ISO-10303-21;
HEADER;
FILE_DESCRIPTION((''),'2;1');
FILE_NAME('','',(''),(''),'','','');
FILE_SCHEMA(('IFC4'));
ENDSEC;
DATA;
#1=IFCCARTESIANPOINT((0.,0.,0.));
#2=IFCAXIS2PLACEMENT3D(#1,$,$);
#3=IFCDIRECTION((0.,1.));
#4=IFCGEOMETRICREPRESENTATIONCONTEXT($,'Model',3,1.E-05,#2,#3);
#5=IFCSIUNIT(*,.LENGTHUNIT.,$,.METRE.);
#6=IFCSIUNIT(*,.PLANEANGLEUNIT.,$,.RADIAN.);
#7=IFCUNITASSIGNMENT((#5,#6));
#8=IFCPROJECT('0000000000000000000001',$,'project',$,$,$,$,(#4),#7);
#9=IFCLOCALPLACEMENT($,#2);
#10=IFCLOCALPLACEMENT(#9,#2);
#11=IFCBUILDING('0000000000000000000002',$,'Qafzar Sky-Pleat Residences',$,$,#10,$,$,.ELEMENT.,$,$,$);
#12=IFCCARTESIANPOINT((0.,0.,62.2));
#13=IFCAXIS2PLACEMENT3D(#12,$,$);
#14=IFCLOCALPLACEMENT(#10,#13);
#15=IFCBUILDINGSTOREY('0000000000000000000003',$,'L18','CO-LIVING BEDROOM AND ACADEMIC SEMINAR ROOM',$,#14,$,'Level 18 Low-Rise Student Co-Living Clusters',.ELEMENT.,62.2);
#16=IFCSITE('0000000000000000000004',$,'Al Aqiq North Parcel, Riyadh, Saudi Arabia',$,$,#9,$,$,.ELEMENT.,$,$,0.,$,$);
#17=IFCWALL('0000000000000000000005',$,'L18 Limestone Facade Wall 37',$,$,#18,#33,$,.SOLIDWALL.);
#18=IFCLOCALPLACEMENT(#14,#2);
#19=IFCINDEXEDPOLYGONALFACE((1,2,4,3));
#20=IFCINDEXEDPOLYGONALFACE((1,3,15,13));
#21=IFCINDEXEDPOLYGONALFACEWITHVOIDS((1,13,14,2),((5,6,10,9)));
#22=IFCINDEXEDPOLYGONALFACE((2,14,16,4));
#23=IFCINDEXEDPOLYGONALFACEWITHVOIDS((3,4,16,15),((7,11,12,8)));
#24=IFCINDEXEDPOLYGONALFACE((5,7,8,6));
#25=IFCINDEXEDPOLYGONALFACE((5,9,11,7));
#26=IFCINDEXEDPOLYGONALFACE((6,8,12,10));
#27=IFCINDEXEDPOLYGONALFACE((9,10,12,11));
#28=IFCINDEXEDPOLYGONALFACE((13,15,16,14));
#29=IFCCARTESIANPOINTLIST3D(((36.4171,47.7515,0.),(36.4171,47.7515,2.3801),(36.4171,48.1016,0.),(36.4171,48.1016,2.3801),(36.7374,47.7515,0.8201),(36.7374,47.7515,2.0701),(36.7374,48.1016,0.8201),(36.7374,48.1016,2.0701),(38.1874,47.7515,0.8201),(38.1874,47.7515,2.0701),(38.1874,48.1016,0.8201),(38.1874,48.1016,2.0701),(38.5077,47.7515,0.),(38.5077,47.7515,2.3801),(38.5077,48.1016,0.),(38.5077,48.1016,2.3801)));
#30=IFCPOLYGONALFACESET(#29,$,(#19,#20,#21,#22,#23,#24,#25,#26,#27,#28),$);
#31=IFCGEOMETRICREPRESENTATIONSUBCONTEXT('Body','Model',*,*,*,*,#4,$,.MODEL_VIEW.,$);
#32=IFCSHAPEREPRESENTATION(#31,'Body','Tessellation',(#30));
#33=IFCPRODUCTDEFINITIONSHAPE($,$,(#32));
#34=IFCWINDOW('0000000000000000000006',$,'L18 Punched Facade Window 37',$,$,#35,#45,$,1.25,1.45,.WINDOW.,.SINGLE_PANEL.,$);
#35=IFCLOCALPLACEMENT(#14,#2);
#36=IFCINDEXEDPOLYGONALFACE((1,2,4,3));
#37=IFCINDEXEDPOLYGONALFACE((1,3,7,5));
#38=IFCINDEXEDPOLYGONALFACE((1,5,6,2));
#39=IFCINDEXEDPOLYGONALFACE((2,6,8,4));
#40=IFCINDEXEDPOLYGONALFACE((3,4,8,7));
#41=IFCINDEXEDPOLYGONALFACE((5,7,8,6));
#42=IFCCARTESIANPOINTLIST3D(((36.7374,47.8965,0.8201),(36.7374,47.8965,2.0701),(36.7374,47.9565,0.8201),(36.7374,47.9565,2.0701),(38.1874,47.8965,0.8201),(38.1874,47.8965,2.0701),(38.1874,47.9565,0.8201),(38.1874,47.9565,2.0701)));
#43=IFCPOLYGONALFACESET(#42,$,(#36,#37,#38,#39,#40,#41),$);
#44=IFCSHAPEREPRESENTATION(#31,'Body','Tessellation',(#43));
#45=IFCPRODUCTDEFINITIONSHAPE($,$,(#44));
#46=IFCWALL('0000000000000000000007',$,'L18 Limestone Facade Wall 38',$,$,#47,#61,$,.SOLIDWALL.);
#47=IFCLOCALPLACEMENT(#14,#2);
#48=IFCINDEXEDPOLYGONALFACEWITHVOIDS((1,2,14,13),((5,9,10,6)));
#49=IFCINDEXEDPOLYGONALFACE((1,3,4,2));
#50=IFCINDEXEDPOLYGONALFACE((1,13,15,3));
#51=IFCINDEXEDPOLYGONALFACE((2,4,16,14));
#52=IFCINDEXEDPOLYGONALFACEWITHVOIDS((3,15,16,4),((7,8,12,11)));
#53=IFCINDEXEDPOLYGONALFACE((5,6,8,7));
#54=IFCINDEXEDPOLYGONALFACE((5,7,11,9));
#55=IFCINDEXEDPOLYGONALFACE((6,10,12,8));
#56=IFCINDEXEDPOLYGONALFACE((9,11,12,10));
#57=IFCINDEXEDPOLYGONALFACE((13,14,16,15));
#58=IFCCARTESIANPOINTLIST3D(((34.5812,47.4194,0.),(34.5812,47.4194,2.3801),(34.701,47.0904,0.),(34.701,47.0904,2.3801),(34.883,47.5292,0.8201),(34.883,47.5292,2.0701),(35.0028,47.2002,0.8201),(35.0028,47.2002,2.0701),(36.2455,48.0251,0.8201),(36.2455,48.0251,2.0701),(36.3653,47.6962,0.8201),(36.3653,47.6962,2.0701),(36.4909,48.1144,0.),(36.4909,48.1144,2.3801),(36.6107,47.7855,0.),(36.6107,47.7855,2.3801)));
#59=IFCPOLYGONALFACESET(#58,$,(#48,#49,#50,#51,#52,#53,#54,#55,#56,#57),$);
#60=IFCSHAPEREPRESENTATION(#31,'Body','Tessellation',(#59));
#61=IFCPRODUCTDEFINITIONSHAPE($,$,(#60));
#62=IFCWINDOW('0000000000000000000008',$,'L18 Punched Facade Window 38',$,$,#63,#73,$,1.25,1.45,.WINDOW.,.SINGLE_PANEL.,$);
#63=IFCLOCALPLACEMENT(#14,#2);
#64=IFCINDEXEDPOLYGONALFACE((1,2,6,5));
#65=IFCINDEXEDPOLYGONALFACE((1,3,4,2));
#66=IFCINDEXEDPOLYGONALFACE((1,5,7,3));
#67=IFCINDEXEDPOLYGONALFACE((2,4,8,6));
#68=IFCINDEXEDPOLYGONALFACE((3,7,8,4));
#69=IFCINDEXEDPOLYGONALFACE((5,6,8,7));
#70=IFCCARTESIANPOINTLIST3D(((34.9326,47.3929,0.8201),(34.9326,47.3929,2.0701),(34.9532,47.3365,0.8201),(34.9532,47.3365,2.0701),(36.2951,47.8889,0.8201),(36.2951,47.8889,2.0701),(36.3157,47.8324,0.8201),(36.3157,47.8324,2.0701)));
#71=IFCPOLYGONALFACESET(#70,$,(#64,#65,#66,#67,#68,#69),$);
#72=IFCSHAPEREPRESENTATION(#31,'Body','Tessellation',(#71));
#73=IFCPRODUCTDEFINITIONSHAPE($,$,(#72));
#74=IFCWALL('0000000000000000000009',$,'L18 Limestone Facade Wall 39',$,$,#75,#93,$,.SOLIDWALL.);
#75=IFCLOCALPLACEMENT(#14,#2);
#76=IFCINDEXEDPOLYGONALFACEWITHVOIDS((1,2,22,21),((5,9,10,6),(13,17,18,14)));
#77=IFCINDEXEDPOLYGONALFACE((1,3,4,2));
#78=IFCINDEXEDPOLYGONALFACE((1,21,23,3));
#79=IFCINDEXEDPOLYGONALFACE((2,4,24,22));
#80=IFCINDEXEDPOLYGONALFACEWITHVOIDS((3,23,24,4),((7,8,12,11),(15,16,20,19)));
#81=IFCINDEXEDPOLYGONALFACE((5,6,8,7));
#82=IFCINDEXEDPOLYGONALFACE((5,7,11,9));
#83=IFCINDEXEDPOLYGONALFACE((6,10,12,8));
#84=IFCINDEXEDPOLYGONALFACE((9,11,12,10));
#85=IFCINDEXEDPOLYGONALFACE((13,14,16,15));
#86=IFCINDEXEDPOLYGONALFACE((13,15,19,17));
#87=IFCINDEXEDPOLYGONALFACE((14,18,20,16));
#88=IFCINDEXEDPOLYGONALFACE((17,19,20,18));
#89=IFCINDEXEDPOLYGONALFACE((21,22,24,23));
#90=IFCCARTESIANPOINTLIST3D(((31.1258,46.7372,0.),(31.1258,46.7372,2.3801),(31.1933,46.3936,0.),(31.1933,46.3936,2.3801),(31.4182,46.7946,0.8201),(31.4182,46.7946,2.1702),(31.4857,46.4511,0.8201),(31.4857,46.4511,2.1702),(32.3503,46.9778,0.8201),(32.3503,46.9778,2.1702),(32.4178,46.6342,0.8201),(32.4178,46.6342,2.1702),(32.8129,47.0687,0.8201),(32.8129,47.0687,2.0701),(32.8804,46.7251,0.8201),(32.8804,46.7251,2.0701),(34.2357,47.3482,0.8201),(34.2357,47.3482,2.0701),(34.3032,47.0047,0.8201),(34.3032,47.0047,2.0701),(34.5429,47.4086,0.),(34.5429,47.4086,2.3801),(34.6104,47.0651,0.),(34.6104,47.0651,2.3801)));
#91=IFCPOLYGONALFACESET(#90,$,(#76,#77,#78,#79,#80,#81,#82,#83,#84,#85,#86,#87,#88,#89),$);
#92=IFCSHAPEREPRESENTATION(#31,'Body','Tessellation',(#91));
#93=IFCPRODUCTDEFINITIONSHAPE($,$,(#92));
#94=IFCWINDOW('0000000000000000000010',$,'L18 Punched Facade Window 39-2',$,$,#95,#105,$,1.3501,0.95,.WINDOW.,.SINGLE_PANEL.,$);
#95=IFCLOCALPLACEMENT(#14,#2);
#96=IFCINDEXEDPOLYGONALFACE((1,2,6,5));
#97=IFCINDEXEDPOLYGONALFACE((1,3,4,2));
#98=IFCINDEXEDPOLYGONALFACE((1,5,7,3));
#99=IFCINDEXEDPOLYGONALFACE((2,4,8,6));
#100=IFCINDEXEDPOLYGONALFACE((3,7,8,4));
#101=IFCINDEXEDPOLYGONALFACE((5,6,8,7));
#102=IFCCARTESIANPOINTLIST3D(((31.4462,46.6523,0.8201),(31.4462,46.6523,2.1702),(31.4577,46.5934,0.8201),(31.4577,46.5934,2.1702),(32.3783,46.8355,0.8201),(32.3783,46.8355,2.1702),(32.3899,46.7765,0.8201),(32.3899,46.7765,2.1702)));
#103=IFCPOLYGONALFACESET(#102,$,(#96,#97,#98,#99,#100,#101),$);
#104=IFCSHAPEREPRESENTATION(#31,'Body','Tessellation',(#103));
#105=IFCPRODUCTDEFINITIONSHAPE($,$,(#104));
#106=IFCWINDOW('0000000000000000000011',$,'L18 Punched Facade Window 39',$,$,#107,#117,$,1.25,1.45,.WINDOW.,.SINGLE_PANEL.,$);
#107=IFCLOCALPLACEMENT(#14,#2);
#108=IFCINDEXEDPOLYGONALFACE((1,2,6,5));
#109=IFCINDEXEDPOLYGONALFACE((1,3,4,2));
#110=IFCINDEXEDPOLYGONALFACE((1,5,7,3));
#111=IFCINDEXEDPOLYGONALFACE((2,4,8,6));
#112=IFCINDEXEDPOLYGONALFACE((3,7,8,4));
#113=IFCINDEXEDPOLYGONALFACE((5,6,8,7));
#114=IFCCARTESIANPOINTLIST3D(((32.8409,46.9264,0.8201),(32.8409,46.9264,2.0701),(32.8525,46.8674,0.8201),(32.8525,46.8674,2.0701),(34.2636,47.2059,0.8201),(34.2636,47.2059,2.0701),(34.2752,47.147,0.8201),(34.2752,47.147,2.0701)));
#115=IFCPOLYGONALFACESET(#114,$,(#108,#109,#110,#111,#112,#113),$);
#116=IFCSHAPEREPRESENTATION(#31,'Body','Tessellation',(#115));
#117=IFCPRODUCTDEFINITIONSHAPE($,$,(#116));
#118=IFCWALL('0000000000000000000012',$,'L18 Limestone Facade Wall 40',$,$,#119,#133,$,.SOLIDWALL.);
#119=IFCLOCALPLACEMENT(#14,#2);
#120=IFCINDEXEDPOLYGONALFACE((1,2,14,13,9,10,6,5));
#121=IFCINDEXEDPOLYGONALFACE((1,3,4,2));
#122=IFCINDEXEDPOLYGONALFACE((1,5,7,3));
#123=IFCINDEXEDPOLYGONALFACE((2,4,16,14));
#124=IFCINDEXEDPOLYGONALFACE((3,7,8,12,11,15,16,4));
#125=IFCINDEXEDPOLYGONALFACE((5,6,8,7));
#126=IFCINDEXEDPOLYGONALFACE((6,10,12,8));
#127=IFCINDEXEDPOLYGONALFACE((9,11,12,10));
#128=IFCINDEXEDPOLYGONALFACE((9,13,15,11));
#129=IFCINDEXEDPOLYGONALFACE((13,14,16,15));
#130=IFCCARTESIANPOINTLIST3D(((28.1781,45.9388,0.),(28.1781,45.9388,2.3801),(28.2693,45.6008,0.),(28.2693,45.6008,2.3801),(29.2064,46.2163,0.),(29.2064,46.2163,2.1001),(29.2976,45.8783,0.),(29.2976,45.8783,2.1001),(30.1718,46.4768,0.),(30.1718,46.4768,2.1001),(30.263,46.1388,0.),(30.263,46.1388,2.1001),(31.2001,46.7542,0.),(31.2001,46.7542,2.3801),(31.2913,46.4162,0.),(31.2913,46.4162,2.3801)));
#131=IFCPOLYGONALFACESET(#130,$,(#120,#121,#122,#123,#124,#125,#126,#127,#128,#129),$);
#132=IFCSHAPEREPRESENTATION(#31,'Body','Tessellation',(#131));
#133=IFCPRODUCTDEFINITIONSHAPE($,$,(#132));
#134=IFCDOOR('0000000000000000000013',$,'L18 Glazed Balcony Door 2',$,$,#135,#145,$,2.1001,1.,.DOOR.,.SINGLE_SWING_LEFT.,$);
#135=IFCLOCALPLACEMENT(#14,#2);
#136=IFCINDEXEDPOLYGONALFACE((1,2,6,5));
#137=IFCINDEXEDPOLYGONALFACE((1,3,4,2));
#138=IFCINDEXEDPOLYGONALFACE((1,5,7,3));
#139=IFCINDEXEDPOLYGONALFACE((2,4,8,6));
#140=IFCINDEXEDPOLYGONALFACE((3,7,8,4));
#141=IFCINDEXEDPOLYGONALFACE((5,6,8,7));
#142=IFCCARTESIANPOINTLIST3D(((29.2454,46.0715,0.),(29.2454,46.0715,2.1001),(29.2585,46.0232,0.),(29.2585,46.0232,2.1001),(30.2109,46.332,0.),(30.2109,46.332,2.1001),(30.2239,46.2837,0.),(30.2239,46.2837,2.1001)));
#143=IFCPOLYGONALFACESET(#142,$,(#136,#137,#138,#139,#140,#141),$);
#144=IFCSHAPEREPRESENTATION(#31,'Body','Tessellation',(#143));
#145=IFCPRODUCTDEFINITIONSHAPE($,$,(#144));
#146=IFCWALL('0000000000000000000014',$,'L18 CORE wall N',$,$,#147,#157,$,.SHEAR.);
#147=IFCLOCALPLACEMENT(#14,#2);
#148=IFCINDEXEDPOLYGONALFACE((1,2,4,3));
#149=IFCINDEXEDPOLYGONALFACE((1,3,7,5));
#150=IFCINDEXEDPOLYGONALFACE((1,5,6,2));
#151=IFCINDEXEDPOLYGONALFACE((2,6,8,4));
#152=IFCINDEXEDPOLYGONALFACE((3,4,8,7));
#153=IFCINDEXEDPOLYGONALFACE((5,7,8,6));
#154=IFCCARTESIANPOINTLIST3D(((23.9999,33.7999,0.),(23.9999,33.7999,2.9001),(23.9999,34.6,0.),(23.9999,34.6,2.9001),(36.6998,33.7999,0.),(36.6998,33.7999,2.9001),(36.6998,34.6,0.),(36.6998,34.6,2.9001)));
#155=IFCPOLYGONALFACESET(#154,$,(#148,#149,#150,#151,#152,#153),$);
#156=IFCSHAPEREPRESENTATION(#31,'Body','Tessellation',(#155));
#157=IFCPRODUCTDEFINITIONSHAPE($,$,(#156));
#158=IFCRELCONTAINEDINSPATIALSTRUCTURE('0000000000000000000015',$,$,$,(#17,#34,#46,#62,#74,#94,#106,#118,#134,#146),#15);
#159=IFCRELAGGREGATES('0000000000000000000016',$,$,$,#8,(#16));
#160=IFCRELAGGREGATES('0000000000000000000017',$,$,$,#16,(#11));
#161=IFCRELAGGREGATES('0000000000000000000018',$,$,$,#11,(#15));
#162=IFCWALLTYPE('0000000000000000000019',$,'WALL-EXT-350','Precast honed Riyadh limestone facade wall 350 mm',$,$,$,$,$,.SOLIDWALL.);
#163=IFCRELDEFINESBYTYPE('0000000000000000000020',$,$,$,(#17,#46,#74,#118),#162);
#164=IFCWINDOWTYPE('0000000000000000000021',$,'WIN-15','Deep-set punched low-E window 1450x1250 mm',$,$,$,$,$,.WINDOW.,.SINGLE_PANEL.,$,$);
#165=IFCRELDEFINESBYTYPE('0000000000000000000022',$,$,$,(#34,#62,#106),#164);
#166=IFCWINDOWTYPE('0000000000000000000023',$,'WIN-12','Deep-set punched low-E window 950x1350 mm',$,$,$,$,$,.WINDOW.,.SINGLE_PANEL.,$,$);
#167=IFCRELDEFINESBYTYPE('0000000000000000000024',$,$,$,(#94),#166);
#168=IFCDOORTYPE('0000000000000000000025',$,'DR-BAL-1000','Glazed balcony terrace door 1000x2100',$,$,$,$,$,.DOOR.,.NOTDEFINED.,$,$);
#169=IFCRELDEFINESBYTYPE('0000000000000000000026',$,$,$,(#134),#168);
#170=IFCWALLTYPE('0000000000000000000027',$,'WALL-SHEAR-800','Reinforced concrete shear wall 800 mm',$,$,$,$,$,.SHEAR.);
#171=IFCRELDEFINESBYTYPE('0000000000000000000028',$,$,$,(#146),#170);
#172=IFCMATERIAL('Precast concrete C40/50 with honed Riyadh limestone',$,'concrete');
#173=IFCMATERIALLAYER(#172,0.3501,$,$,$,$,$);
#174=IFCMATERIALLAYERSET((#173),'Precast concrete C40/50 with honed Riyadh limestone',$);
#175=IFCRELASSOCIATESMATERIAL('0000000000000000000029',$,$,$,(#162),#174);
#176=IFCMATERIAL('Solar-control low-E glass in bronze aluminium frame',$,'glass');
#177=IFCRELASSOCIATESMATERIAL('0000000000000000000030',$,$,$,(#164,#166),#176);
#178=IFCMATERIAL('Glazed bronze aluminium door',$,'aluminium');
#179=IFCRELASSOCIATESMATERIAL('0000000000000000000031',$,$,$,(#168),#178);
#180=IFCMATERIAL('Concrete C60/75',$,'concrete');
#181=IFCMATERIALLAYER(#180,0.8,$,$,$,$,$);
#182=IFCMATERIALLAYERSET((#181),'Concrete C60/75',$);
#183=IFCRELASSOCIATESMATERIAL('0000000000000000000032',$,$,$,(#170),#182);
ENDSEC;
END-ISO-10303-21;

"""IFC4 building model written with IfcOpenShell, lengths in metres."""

from ifc_helpers import new_model, si_unit, direction, frame, frame_2d, origin, place, context, subcontext, project, spatial, rectangle, extrude, source, transform, mapped, material, layer, layer_set, type_object, element, fill, save


model = new_model("IFC4")

# Units and contexts
model_context = context("Model", 3, precision=1e-05, world=origin(), true_north=direction((0.0, 1.0)))
body_context = subcontext(model_context, "Body", "Model", "MODEL_VIEW")
ifc_project = project(units=[si_unit("LENGTHUNIT", "METRE"), si_unit("PLANEANGLEUNIT", "RADIAN")], contexts=[model_context])

# Site, building, storey
site_placement = place(None, origin())
site = spatial("IfcSite", under=ifc_project, at=site_placement, Name="Al Aqiq North Parcel, Riyadh, Saudi Arabia", CompositionType="ELEMENT", RefElevation=0.0)
building_placement = place(site_placement, origin())
building = spatial("IfcBuilding", under=site, at=building_placement, Name="Qafzar Sky-Pleat Residences", CompositionType="ELEMENT")
storey_placement = place(building_placement, frame((0.0, 0.0, 62.2)))
storey = spatial("IfcBuildingStorey", under=building, at=storey_placement, Name="L18", Description="CO-LIVING BEDROOM AND ACADEMIC SEMINAR ROOM", LongName="Level 18 Low-Rise Student Co-Living Clusters", CompositionType="ELEMENT", Elevation=62.2)

# Walls, openings, windows
ifc_material_1 = material(Name="Precast concrete C40/50 with honed Riyadh limestone", Category="concrete")
ifc_layer_1 = layer(ifc_material_1, 0.3501)
ifc_layer_set_1 = layer_set([ifc_layer_1], Name="Precast concrete C40/50 with honed Riyadh limestone")
wall_type_1 = type_object("IfcWallType", Name="WALL-EXT-350", Description="Precast honed Riyadh limestone facade wall 350 mm", PredefinedType="SOLIDWALL", material=ifc_layer_set_1)
wall_1_placement = place(storey_placement, frame((38.5078, 47.9265, 0.0), z_axis=(0.0, 0.0, 1.0), x_axis=(-1.0, 0.0, 0.0)))
wall_1 = element("IfcWall", 1, at=wall_1_placement, inside=storey, type_object=wall_type_1, Name="L18 Limestone Facade Wall 37", PredefinedType="SOLIDWALL", context=body_context, shape_type="SweptSolid", body=[
    extrude(rectangle(XDim=2.0906, YDim=0.3501, at=frame_2d((1.0454, 0.0))), origin(), (0.0, 0.0, 1.0), 2.3801),
])
opening_1_placement = place(wall_1_placement, frame((0.3203, 0.0, 0.8201)))
opening_1 = element("IfcOpeningElement", 2, at=opening_1_placement, cuts=wall_1, PredefinedType="OPENING", context=body_context, shape_type="SweptSolid", body=[
    extrude(rectangle(XDim=1.45, YDim=1.25, at=frame_2d((0.7251, 0.625))), frame((0.0, 0.1851, 0.0), z_axis=(0.0, -1.0, 0.0), x_axis=(1.0, 0.0, 0.0)), (0.0, 0.0, 1.0), 0.3701),
])
ifc_material_2 = material(Name="Solar-control low-E glass in bronze aluminium frame", Category="glass")
window_type_1 = type_object("IfcWindowType", Name="WIN-15", Description="Deep-set punched low-E window 1450x1250 mm", PartitioningType="SINGLE_PANEL", PredefinedType="WINDOW", material=ifc_material_2)
shared_shape_1 = source(origin(), body_context, "Body", "SweptSolid", [
    extrude(rectangle(XDim=1.45, YDim=1.25, at=frame_2d((0.7251, 0.625))), frame((0.0, 0.03, 0.0), z_axis=(0.0, -1.0, 0.0), x_axis=(1.0, 0.0, 0.0)), (0.0, 0.0, 1.0), 0.0601),
])
window_1_placement = place(opening_1_placement, origin())
window_1 = element("IfcWindow", 3, at=window_1_placement, inside=storey, type_object=window_type_1, Name="L18 Punched Facade Window 37", OverallHeight=1.25, OverallWidth=1.45, PartitioningType="SINGLE_PANEL", PredefinedType="WINDOW", context=body_context, shape_type="MappedRepresentation", body=[
    mapped(shared_shape_1, transform((0.0, 0.0, 0.0), x_axis=(1.0, 0.0, 0.0), y_axis=(0.0, 1.0, 0.0), z_axis=(0.0, 0.0, 1.0), scale=1.0)),
])
fill(opening_1, window_1)
wall_2_placement = place(storey_placement, frame((36.5508, 47.95, 0.0), z_axis=(0.0, 0.0, 1.0), x_axis=(-0.939692, -0.342023, 0.0)))
wall_2 = element("IfcWall", 4, at=wall_2_placement, inside=storey, type_object=wall_type_1, Name="L18 Limestone Facade Wall 38", PredefinedType="SOLIDWALL", context=body_context, shape_type="SweptSolid", body=[
    extrude(rectangle(XDim=2.0322, YDim=0.3501, at=frame_2d((1.0161, 0.0))), origin(), (0.0, 0.0, 1.0), 2.3801),
])
opening_2_placement = place(wall_2_placement, frame((0.261, 0.0, 0.8201)))
opening_2 = element("IfcOpeningElement", 5, at=opening_2_placement, cuts=wall_2, PredefinedType="OPENING", context=body_context, shape_type="SweptSolid", body=[
    extrude(rectangle(XDim=1.45, YDim=1.25, at=frame_2d((0.7251, 0.625))), frame((0.0, 0.1851, 0.0), z_axis=(0.0, -1.0, 0.0), x_axis=(1.0, 0.0, 0.0)), (0.0, 0.0, 1.0), 0.3701),
])
window_2_placement = place(opening_2_placement, origin())
window_2 = element("IfcWindow", 6, at=window_2_placement, inside=storey, type_object=window_type_1, Name="L18 Punched Facade Window 38", OverallHeight=1.25, OverallWidth=1.45, PartitioningType="SINGLE_PANEL", PredefinedType="WINDOW", context=body_context, shape_type="MappedRepresentation", body=[
    mapped(shared_shape_1, transform((0.0, 0.0, 0.0), x_axis=(1.0, 0.0, 0.0), y_axis=(0.0, 1.0, 0.0), z_axis=(0.0, 0.0, 1.0), scale=1.0)),
])
fill(opening_2, window_2)

# Wall, openings, windows
wall_3_placement = place(storey_placement, frame((34.5767, 47.2368, 0.0), z_axis=(0.0, 0.0, 1.0), x_axis=(-0.981238, -0.192798, 0.0)))
wall_3 = element("IfcWall", 7, at=wall_3_placement, inside=storey, type_object=wall_type_1, Name="L18 Limestone Facade Wall 39", PredefinedType="SOLIDWALL", context=body_context, shape_type="SweptSolid", body=[
    extrude(rectangle(XDim=3.4824, YDim=0.3501, at=frame_2d((1.7412, 0.0))), origin(), (0.0, 0.0, 1.0), 2.3801),
])
opening_3_placement = place(wall_3_placement, frame((0.313, 0.0, 0.8201)))
opening_3 = element("IfcOpeningElement", 8, at=opening_3_placement, cuts=wall_3, PredefinedType="OPENING", context=body_context, shape_type="SweptSolid", body=[
    extrude(rectangle(XDim=1.45, YDim=1.25, at=frame_2d((0.7251, 0.625))), frame((0.0, 0.1851, 0.0), z_axis=(0.0, -1.0, 0.0), x_axis=(1.0, 0.0, 0.0)), (0.0, 0.0, 1.0), 0.3701),
])
opening_4_placement = place(wall_3_placement, frame((2.2344, 0.0, 0.8201)))
opening_4 = element("IfcOpeningElement", 9, at=opening_4_placement, cuts=wall_3, PredefinedType="OPENING", context=body_context, shape_type="SweptSolid", body=[
    extrude(rectangle(XDim=0.95, YDim=1.3501, at=frame_2d((0.4751, 0.675))), frame((0.0, 0.1851, 0.0), z_axis=(0.0, -1.0, 0.0), x_axis=(1.0, 0.0, 0.0)), (0.0, 0.0, 1.0), 0.3701),
])
window_type_2 = type_object("IfcWindowType", Name="WIN-12", Description="Deep-set punched low-E window 950x1350 mm", PartitioningType="SINGLE_PANEL", PredefinedType="WINDOW", material=ifc_material_2)
shared_shape_2 = source(origin(), body_context, "Body", "SweptSolid", [
    extrude(rectangle(XDim=0.95, YDim=1.3501, at=frame_2d((0.4751, 0.675))), frame((0.0, 0.03, 0.0), z_axis=(0.0, -1.0, 0.0), x_axis=(1.0, 0.0, 0.0)), (0.0, 0.0, 1.0), 0.0601),
])
window_3_placement = place(opening_4_placement, origin())
window_3 = element("IfcWindow", 10, at=window_3_placement, inside=storey, type_object=window_type_2, Name="L18 Punched Facade Window 39-2", OverallHeight=1.3501, OverallWidth=0.95, PartitioningType="SINGLE_PANEL", PredefinedType="WINDOW", context=body_context, shape_type="MappedRepresentation", body=[
    mapped(shared_shape_2, transform((0.0, 0.0, 0.0), x_axis=(1.0, 0.0, 0.0), y_axis=(0.0, 1.0, 0.0), z_axis=(0.0, 0.0, 1.0), scale=1.0)),
])
fill(opening_4, window_3)
window_4_placement = place(opening_3_placement, origin())
window_4 = element("IfcWindow", 11, at=window_4_placement, inside=storey, type_object=window_type_1, Name="L18 Punched Facade Window 39", OverallHeight=1.25, OverallWidth=1.45, PartitioningType="SINGLE_PANEL", PredefinedType="WINDOW", context=body_context, shape_type="MappedRepresentation", body=[
    mapped(shared_shape_1, transform((0.0, 0.0, 0.0), x_axis=(1.0, 0.0, 0.0), y_axis=(0.0, 1.0, 0.0), z_axis=(0.0, 0.0, 1.0), scale=1.0)),
])
fill(opening_3, window_4)

# Wall, opening, door
wall_4_placement = place(storey_placement, frame((31.2456, 46.5852, 0.0), z_axis=(0.0, 0.0, 1.0), x_axis=(-0.96547, -0.260516, 0.0)))
wall_4 = element("IfcWall", 12, at=wall_4_placement, inside=storey, type_object=wall_type_1, Name="L18 Limestone Facade Wall 40", PredefinedType="SOLIDWALL", context=body_context, shape_type="SweptSolid", body=[
    extrude(rectangle(XDim=3.1301, YDim=0.3501, at=frame_2d((1.5649, 0.0))), origin(), (0.0, 0.0, 1.0), 2.3801),
])
opening_5_placement = place(wall_4_placement, frame((1.0649, 0.0, 0.0)))
opening_5 = element("IfcOpeningElement", 13, at=opening_5_placement, cuts=wall_4, PredefinedType="OPENING", context=body_context, shape_type="SweptSolid", body=[
    extrude(rectangle(XDim=1.0, YDim=2.1001, at=frame_2d((0.5, 1.05))), frame((0.0, 0.1851, 0.0), z_axis=(0.0, -1.0, 0.0), x_axis=(1.0, 0.0, 0.0)), (0.0, 0.0, 1.0), 0.3701),
])
ifc_material_3 = material(Name="Glazed bronze aluminium door", Category="aluminium")
door_type_1 = type_object("IfcDoorType", Name="DR-BAL-1000", Description="Glazed balcony terrace door 1000x2100", OperationType="NOTDEFINED", PredefinedType="DOOR", material=ifc_material_3)
shared_shape_3 = source(origin(), body_context, "Body", "SweptSolid", [
    extrude(rectangle(XDim=1.0, YDim=2.1001, at=frame_2d((0.5, 1.05))), frame((0.0, 0.0249, 0.0), z_axis=(0.0, -1.0, 0.0), x_axis=(1.0, 0.0, 0.0)), (0.0, 0.0, 1.0), 0.05),
])
door_1_placement = place(opening_5_placement, origin())
door_1 = element("IfcDoor", 14, at=door_1_placement, inside=storey, type_object=door_type_1, Name="L18 Glazed Balcony Door 2", OperationType="SINGLE_SWING_LEFT", OverallHeight=2.1001, OverallWidth=1.0, PredefinedType="DOOR", context=body_context, shape_type="MappedRepresentation", body=[
    mapped(shared_shape_3, transform((0.0, 0.0, 0.0), x_axis=(1.0, 0.0, 0.0), y_axis=(0.0, 1.0, 0.0), z_axis=(0.0, 0.0, 1.0), scale=1.0)),
])
fill(opening_5, door_1)

# Wall
ifc_material_4 = material(Name="Concrete C60/75", Category="concrete")
ifc_layer_2 = layer(ifc_material_4, 0.8)
ifc_layer_set_2 = layer_set([ifc_layer_2], Name="Concrete C60/75")
wall_type_2 = type_object("IfcWallType", Name="WALL-SHEAR-800", Description="Reinforced concrete shear wall 800 mm", PredefinedType="SHEAR", material=ifc_layer_set_2)
wall_5_placement = place(storey_placement, frame((36.7, 34.2, 0.0), z_axis=(0.0, 0.0, 1.0), x_axis=(-1.0, 0.0, 0.0)))
element("IfcWall", 15, at=wall_5_placement, inside=storey, type_object=wall_type_2, Name="L18 CORE wall N", PredefinedType="SHEAR", context=body_context, shape_type="SweptSolid", body=[
    extrude(rectangle(XDim=12.7, YDim=0.8, at=frame_2d((6.3501, 0.0))), origin(), (0.0, 0.0, 1.0), 2.9001),
])

save(model, "model.ifc")
